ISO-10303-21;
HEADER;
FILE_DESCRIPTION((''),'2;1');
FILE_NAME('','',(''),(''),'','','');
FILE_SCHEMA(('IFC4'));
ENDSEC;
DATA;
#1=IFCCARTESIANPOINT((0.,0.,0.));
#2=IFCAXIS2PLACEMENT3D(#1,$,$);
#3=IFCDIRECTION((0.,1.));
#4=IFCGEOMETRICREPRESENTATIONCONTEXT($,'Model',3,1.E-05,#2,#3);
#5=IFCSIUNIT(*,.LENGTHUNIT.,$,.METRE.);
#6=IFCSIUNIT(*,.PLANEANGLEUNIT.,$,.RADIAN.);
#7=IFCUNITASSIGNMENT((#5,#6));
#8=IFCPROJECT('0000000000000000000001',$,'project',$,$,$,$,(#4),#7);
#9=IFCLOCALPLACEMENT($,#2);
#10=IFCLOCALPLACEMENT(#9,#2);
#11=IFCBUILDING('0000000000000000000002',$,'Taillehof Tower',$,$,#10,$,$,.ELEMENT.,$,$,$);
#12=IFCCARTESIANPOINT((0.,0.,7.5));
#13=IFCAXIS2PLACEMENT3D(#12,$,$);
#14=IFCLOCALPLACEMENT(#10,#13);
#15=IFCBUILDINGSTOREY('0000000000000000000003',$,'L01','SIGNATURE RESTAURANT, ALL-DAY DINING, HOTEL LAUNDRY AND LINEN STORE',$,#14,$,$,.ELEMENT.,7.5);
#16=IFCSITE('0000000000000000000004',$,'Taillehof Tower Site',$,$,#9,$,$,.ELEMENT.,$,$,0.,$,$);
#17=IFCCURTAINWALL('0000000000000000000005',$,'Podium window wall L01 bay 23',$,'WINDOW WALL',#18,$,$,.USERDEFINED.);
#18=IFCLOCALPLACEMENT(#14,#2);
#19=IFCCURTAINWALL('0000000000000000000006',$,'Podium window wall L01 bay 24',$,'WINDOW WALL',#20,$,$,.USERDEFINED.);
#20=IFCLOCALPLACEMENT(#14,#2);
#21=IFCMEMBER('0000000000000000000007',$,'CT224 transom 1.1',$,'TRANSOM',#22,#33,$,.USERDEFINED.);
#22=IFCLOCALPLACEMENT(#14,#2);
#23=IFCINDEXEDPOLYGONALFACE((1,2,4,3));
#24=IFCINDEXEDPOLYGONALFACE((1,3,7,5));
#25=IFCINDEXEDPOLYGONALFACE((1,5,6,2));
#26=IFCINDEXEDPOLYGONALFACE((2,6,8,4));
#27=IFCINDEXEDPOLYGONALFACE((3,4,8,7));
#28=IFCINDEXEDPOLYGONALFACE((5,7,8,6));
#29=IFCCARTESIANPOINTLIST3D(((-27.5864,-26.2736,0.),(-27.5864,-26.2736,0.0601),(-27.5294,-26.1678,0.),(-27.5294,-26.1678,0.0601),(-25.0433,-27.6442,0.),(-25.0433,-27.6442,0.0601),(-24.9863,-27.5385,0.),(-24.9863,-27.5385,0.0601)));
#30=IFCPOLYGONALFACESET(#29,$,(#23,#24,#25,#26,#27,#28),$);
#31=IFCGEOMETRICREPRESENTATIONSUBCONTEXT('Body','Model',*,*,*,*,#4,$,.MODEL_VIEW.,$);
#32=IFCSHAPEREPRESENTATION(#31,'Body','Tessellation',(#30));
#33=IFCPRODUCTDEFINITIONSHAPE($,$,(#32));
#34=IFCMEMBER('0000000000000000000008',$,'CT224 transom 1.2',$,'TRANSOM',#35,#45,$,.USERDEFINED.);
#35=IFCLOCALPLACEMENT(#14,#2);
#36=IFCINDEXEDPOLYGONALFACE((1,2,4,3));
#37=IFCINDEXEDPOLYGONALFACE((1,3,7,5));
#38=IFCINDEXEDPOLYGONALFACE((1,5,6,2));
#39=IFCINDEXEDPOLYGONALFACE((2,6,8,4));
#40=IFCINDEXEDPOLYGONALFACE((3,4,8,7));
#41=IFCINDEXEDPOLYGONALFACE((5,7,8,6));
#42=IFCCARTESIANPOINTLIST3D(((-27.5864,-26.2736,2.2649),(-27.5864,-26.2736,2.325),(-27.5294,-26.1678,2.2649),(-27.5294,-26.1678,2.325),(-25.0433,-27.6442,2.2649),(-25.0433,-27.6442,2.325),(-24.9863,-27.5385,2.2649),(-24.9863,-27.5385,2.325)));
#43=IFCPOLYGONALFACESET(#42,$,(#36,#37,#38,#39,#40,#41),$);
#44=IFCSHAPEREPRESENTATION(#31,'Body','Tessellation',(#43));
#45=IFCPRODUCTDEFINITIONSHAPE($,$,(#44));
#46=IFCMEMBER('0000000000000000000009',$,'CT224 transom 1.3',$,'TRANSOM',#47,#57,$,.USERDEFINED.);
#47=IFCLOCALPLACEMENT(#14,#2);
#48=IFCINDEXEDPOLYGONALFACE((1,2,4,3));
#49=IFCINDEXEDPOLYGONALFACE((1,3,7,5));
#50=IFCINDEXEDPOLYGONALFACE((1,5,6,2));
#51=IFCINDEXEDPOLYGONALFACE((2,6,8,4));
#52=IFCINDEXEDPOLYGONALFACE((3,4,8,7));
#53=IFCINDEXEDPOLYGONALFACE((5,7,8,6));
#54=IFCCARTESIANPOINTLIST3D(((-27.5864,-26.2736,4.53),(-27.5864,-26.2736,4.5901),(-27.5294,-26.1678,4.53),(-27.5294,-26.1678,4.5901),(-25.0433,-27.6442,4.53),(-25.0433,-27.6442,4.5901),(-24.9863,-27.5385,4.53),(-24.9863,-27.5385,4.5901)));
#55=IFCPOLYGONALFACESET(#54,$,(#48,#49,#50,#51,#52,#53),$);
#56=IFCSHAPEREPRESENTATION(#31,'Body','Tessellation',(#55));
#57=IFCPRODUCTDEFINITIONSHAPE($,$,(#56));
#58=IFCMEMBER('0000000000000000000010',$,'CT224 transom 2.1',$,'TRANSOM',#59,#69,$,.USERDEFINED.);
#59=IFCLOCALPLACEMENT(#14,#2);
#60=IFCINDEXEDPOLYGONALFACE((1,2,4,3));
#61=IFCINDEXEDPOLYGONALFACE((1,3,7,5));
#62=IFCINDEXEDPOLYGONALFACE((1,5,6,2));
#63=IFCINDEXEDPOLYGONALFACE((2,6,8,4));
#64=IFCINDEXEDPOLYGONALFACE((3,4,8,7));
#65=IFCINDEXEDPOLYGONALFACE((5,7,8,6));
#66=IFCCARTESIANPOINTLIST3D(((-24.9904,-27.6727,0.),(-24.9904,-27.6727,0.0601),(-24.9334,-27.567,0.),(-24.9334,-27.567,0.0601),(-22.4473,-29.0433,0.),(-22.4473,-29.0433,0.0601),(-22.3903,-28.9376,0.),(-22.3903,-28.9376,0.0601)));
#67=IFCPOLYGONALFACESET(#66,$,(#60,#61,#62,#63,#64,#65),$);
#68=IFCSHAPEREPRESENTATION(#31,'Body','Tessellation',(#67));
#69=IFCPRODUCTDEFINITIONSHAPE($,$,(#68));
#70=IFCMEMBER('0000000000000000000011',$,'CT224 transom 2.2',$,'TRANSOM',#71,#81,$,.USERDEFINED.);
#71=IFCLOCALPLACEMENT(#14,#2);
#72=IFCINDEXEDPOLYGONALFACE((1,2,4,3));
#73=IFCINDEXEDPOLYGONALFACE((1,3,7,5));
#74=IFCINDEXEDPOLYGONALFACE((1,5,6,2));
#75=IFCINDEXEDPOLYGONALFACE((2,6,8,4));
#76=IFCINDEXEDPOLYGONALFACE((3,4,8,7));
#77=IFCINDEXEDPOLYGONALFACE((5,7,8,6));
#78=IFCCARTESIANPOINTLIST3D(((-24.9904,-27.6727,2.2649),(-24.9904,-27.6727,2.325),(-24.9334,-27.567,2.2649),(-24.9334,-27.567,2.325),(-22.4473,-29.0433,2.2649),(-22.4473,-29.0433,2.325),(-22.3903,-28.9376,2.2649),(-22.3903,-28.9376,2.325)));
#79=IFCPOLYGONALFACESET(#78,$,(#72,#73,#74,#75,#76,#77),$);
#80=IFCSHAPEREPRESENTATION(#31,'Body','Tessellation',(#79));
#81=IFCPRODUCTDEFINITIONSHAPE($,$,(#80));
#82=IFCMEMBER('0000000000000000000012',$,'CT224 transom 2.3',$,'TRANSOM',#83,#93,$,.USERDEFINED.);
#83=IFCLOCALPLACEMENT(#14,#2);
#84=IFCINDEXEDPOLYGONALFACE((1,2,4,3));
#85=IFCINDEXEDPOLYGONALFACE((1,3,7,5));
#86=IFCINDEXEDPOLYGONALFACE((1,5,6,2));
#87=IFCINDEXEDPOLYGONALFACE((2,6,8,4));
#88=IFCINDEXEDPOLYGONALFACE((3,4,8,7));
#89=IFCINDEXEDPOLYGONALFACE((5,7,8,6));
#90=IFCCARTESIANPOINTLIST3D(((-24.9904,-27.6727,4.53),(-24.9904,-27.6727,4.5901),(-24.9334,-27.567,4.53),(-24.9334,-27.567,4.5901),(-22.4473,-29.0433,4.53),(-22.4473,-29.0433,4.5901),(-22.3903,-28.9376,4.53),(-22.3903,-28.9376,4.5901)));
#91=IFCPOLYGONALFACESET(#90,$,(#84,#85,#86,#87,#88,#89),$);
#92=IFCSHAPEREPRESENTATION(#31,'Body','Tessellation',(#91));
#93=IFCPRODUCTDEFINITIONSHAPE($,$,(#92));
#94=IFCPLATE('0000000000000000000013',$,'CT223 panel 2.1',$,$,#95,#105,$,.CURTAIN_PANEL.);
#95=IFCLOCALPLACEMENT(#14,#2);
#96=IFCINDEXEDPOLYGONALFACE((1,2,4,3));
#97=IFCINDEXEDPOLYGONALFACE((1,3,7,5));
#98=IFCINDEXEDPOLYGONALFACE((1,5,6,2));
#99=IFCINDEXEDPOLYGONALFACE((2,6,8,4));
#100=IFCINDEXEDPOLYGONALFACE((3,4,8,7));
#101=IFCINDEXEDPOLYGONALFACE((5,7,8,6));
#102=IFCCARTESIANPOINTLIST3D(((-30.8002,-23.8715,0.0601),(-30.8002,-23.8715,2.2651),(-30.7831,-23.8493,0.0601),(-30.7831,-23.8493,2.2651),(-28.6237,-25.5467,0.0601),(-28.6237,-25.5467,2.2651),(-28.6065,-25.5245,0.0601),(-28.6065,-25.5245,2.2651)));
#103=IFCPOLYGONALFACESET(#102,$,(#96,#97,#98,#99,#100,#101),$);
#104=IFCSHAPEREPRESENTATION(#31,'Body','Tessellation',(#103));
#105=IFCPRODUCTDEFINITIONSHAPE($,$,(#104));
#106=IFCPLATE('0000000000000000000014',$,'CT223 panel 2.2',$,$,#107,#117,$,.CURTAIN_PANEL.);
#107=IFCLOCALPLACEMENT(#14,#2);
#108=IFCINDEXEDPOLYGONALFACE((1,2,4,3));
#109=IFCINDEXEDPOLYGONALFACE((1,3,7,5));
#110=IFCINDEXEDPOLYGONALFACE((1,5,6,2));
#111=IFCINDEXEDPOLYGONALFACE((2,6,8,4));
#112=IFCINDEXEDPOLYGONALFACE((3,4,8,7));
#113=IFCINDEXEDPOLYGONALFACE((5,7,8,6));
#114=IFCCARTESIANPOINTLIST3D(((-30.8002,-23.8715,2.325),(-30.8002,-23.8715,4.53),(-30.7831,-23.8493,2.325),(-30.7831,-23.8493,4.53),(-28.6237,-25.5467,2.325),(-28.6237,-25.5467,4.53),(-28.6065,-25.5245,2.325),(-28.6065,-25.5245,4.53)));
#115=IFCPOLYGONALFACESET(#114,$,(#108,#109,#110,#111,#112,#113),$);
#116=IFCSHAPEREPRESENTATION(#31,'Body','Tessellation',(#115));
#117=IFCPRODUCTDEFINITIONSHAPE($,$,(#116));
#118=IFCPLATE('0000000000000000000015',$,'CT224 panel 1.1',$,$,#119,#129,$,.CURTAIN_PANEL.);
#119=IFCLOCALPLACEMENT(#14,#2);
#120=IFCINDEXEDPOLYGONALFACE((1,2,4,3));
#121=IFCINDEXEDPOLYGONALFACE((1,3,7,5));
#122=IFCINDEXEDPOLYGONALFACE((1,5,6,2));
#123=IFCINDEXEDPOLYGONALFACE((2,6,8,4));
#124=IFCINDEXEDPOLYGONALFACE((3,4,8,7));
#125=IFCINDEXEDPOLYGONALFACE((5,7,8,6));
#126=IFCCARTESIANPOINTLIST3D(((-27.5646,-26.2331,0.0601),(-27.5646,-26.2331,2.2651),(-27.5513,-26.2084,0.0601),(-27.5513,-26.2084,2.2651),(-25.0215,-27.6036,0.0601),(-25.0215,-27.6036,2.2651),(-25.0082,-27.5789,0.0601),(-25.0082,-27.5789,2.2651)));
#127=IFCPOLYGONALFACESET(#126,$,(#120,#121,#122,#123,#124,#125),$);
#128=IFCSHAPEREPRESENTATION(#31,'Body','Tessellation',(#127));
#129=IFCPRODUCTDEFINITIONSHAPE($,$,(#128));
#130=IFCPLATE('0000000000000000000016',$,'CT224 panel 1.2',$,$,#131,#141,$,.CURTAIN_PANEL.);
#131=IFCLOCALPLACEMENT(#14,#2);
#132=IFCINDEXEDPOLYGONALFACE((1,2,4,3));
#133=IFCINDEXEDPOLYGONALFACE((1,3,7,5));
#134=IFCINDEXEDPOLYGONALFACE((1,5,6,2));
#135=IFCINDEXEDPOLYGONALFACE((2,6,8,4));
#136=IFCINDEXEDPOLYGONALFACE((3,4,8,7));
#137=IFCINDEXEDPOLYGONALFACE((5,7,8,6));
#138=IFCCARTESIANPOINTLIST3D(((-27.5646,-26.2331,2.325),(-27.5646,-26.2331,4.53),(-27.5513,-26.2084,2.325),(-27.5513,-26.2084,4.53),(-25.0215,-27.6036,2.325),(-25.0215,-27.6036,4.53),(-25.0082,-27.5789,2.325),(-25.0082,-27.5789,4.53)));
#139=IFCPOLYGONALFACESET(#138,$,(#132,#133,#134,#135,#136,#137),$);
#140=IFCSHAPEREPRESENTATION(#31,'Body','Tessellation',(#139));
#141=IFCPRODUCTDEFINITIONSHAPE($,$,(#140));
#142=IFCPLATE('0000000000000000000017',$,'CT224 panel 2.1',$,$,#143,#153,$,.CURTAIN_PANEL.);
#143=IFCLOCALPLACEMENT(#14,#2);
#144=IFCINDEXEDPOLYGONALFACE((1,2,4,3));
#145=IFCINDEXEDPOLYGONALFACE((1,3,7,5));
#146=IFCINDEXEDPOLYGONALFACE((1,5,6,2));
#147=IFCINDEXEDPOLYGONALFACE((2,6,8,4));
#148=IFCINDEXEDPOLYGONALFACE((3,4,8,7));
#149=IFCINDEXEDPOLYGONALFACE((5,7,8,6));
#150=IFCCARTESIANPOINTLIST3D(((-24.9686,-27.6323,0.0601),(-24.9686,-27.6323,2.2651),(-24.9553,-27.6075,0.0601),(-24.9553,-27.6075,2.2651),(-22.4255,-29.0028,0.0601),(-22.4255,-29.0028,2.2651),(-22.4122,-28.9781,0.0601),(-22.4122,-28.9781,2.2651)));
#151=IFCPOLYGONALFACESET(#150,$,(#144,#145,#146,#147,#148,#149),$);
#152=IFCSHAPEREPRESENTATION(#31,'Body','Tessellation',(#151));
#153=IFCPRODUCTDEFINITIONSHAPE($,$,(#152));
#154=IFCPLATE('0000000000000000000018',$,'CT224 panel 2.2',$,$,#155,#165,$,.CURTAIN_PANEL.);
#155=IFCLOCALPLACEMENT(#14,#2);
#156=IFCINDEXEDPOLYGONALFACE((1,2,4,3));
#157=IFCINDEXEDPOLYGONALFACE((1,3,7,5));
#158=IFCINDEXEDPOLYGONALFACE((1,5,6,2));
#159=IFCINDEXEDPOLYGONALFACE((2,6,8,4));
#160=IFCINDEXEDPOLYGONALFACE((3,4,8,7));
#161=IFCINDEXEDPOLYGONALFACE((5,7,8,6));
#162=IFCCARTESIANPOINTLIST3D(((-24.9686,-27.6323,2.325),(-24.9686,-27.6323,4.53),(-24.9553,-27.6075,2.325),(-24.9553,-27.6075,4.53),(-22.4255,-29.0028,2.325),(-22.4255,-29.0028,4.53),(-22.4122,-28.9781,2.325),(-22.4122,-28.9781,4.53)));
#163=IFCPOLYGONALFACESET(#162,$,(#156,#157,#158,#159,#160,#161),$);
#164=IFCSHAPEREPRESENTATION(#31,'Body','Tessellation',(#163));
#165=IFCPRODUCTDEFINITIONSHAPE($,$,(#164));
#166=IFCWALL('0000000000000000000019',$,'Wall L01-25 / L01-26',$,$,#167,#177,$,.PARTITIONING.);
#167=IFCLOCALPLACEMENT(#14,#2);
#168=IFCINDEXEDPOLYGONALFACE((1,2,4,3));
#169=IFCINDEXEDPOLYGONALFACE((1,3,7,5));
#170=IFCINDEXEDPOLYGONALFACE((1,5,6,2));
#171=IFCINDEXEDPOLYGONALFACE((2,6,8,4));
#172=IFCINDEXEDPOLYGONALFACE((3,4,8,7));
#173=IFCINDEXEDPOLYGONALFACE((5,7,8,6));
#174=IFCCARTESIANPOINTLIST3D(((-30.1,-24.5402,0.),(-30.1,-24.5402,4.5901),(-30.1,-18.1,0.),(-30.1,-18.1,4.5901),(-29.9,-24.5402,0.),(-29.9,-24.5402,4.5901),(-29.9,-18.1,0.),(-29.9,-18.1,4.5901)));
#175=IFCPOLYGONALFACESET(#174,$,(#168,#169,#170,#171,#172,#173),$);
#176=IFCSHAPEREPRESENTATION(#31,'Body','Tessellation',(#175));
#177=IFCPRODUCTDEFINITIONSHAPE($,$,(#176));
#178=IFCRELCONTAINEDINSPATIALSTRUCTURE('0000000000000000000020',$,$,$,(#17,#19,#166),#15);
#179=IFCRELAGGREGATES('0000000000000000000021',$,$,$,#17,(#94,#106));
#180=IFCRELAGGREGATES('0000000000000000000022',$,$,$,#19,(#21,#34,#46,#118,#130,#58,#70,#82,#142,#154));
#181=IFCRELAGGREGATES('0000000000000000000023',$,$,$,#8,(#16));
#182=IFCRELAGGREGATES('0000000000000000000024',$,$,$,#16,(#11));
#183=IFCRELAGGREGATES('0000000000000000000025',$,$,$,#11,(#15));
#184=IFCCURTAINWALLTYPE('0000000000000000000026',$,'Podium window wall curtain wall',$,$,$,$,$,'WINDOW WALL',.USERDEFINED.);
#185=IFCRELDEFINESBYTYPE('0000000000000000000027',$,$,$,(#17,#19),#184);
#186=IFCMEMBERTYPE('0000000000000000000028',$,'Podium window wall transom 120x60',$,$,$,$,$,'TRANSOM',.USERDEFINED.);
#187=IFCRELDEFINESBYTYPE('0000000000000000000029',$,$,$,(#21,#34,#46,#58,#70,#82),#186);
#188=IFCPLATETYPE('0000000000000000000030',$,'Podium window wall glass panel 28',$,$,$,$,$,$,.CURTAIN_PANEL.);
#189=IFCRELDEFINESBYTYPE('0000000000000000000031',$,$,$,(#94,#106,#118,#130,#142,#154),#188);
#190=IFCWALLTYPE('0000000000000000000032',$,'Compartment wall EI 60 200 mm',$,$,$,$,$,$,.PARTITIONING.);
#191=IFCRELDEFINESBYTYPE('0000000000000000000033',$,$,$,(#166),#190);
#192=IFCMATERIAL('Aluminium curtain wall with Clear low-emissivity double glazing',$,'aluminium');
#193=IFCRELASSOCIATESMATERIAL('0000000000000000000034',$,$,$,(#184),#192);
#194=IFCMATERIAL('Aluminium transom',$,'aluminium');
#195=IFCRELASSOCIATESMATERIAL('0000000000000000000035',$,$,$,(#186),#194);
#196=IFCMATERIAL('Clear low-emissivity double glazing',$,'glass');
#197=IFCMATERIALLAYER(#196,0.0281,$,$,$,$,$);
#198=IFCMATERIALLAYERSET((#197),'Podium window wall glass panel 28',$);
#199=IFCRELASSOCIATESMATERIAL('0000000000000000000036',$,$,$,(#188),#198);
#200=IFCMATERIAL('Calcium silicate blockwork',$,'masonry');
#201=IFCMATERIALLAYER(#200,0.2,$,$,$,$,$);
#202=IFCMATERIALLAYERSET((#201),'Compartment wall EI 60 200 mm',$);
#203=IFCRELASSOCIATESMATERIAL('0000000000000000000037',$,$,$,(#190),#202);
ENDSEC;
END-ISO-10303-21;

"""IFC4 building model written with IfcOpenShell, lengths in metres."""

from ifc_helpers import new_model, si_unit, direction, frame, frame_2d, origin, origin_2d, place, context, subcontext, project, spatial, rectangle, extrude, material, layer, layer_set, material_profile, profile_set, type_object, element, aggregate, save


model = new_model("IFC4")

# Units and contexts
model_context = context("Model", 3, precision=1e-05, world=origin(), true_north=direction((0.0, 1.0)))
body_context = subcontext(model_context, "Body", "Model", "MODEL_VIEW")
ifc_project = project(units=[si_unit("LENGTHUNIT", "METRE"), si_unit("PLANEANGLEUNIT", "RADIAN")], contexts=[model_context])

# Site, building, storey
site_placement = place(None, origin())
site = spatial("IfcSite", under=ifc_project, at=site_placement, Name="Taillehof Tower Site", CompositionType="ELEMENT", RefElevation=0.0)
building_placement = place(site_placement, origin())
building = spatial("IfcBuilding", under=site, at=building_placement, Name="Taillehof Tower", CompositionType="ELEMENT")
storey_placement = place(building_placement, frame((0.0, 0.0, 7.5)))
storey = spatial("IfcBuildingStorey", under=building, at=storey_placement, Name="L01", Description="SIGNATURE RESTAURANT, ALL-DAY DINING, HOTEL LAUNDRY AND LINEN STORE", CompositionType="ELEMENT", Elevation=7.5)

# Curtain walls
ifc_material_1 = material(Name="Aluminium curtain wall with Clear low-emissivity double glazing", Category="aluminium")
curtain_wall_type = type_object("IfcCurtainWallType", Name="Podium window wall curtain wall", ElementType="WINDOW WALL", PredefinedType="USERDEFINED", material=ifc_material_1)
curtain_wall_1_placement = place(storey_placement, origin())
curtain_wall_1 = element("IfcCurtainWall", 1, at=curtain_wall_1_placement, inside=storey, type_object=curtain_wall_type, Name="Podium window wall L01 bay 23", ObjectType="WINDOW WALL", PredefinedType="USERDEFINED")
curtain_wall_2_placement = place(storey_placement, origin())
curtain_wall_2 = element("IfcCurtainWall", 2, at=curtain_wall_2_placement, inside=storey, type_object=curtain_wall_type, Name="Podium window wall L01 bay 24", ObjectType="WINDOW WALL", PredefinedType="USERDEFINED")

# Members
ifc_material_2 = material(Name="Aluminium transom", Category="aluminium")
ifc_material_profile_1 = material_profile(ifc_material_2, rectangle(XDim=0.1201, YDim=0.0601, at=origin_2d()), Name="AL 120x60")
ifc_profile_set_1 = profile_set([ifc_material_profile_1], Name="Aluminium transom")
member_type_1 = type_object("IfcMemberType", Name="Podium window wall transom 120x60", ElementType="TRANSOM", PredefinedType="USERDEFINED", material=ifc_profile_set_1)
member_1_placement = place(storey_placement, frame((-27.5579, -26.2207, 0.03), z_axis=(0.880281, -0.474453, 0.0), x_axis=(0.474453, 0.880281, 0.0)))
member_1 = element("IfcMember", 3, at=member_1_placement, type_object=member_type_1, Name="CT224 transom 1.1", ObjectType="TRANSOM", PredefinedType="USERDEFINED", context=body_context, shape_type="SweptSolid", body=[
    extrude(rectangle(XDim=0.1201, YDim=0.0601, at=origin_2d()), origin(), (0.0, 0.0, 1.0), 2.8889),
])
member_2_placement = place(storey_placement, frame((-27.5579, -26.2207, 2.2949), z_axis=(0.880281, -0.474453, 0.0), x_axis=(0.474453, 0.880281, 0.0)))
member_2 = element("IfcMember", 4, at=member_2_placement, type_object=member_type_1, Name="CT224 transom 1.2", ObjectType="TRANSOM", PredefinedType="USERDEFINED", context=body_context, shape_type="SweptSolid", body=[
    extrude(rectangle(XDim=0.1201, YDim=0.0601, at=origin_2d()), origin(), (0.0, 0.0, 1.0), 2.8889),
])
member_3_placement = place(storey_placement, frame((-27.5579, -26.2207, 4.5601), z_axis=(0.880281, -0.474453, 0.0), x_axis=(0.474453, 0.880281, 0.0)))
member_3 = element("IfcMember", 5, at=member_3_placement, type_object=member_type_1, Name="CT224 transom 1.3", ObjectType="TRANSOM", PredefinedType="USERDEFINED", context=body_context, shape_type="SweptSolid", body=[
    extrude(rectangle(XDim=0.1201, YDim=0.0601, at=origin_2d()), origin(), (0.0, 0.0, 1.0), 2.8889),
])
member_4_placement = place(storey_placement, frame((-24.9619, -27.6199, 0.03), z_axis=(0.8803, -0.474417, 0.0), x_axis=(0.474417, 0.8803, 0.0)))
member_4 = element("IfcMember", 6, at=member_4_placement, type_object=member_type_1, Name="CT224 transom 2.1", ObjectType="TRANSOM", PredefinedType="USERDEFINED", context=body_context, shape_type="SweptSolid", body=[
    extrude(rectangle(XDim=0.1201, YDim=0.0601, at=origin_2d()), origin(), (0.0, 0.0, 1.0), 2.8889),
])
member_5_placement = place(storey_placement, frame((-24.9619, -27.6199, 2.2949), z_axis=(0.8803, -0.474417, 0.0), x_axis=(0.474417, 0.8803, 0.0)))
member_5 = element("IfcMember", 7, at=member_5_placement, type_object=member_type_1, Name="CT224 transom 2.2", ObjectType="TRANSOM", PredefinedType="USERDEFINED", context=body_context, shape_type="SweptSolid", body=[
    extrude(rectangle(XDim=0.1201, YDim=0.0601, at=origin_2d()), origin(), (0.0, 0.0, 1.0), 2.8889),
])
member_6_placement = place(storey_placement, frame((-24.9619, -27.6199, 4.5601), z_axis=(0.8803, -0.474417, 0.0), x_axis=(0.474417, 0.8803, 0.0)))
member_6 = element("IfcMember", 8, at=member_6_placement, type_object=member_type_1, Name="CT224 transom 2.3", ObjectType="TRANSOM", PredefinedType="USERDEFINED", context=body_context, shape_type="SweptSolid", body=[
    extrude(rectangle(XDim=0.1201, YDim=0.0601, at=origin_2d()), origin(), (0.0, 0.0, 1.0), 2.8889),
])

# Plates
ifc_material_3 = material(Name="Clear low-emissivity double glazing", Category="glass")
ifc_layer_1 = layer(ifc_material_3, 0.0281)
ifc_layer_set_1 = layer_set([ifc_layer_1], Name="Podium window wall glass panel 28")
plate_type = type_object("IfcPlateType", Name="Podium window wall glass panel 28", PredefinedType="CURTAIN_PANEL", material=ifc_layer_set_1)
plate_1_placement = place(storey_placement, frame((-29.7034, -24.698, 0.0601), z_axis=(0.0, 0.0, 1.0), x_axis=(0.792454, -0.609932, 0.0)))
plate_1 = element("IfcPlate", 9, at=plate_1_placement, type_object=plate_type, Name="CT223 panel 2.1", PredefinedType="CURTAIN_PANEL", context=body_context, shape_type="SweptSolid", body=[
    extrude(rectangle(XDim=2.7466, YDim=0.0281, at=origin_2d()), origin(), (0.0, 0.0, 1.0), 2.2051),
])
plate_2_placement = place(storey_placement, frame((-29.7034, -24.698, 2.325), z_axis=(0.0, 0.0, 1.0), x_axis=(0.792454, -0.609932, 0.0)))
plate_2 = element("IfcPlate", 10, at=plate_2_placement, type_object=plate_type, Name="CT223 panel 2.2", PredefinedType="CURTAIN_PANEL", context=body_context, shape_type="SweptSolid", body=[
    extrude(rectangle(XDim=2.7466, YDim=0.0281, at=origin_2d()), origin(), (0.0, 0.0, 1.0), 2.2051),
])
aggregate(curtain_wall_1, [plate_1, plate_2])
plate_3_placement = place(storey_placement, frame((-26.2864, -26.906, 0.0601), z_axis=(0.0, 0.0, 1.0), x_axis=(0.880301, -0.474415, 0.0)))
plate_3 = element("IfcPlate", 11, at=plate_3_placement, type_object=plate_type, Name="CT224 panel 1.1", PredefinedType="CURTAIN_PANEL", context=body_context, shape_type="SweptSolid", body=[
    extrude(rectangle(XDim=2.8889, YDim=0.0281, at=origin_2d()), origin(), (0.0, 0.0, 1.0), 2.2051),
])
plate_4_placement = place(storey_placement, frame((-26.2864, -26.906, 2.325), z_axis=(0.0, 0.0, 1.0), x_axis=(0.880301, -0.474415, 0.0)))
plate_4 = element("IfcPlate", 12, at=plate_4_placement, type_object=plate_type, Name="CT224 panel 1.2", PredefinedType="CURTAIN_PANEL", context=body_context, shape_type="SweptSolid", body=[
    extrude(rectangle(XDim=2.8889, YDim=0.0281, at=origin_2d()), origin(), (0.0, 0.0, 1.0), 2.2051),
])
plate_5_placement = place(storey_placement, frame((-23.6904, -28.3052, 0.0601), z_axis=(0.0, 0.0, 1.0), x_axis=(0.880301, -0.474415, 0.0)))
plate_5 = element("IfcPlate", 13, at=plate_5_placement, type_object=plate_type, Name="CT224 panel 2.1", PredefinedType="CURTAIN_PANEL", context=body_context, shape_type="SweptSolid", body=[
    extrude(rectangle(XDim=2.8889, YDim=0.0281, at=origin_2d()), origin(), (0.0, 0.0, 1.0), 2.2051),
])
plate_6_placement = place(storey_placement, frame((-23.6904, -28.3052, 2.325), z_axis=(0.0, 0.0, 1.0), x_axis=(0.880301, -0.474415, 0.0)))
plate_6 = element("IfcPlate", 14, at=plate_6_placement, type_object=plate_type, Name="CT224 panel 2.2", PredefinedType="CURTAIN_PANEL", context=body_context, shape_type="SweptSolid", body=[
    extrude(rectangle(XDim=2.8889, YDim=0.0281, at=origin_2d()), origin(), (0.0, 0.0, 1.0), 2.2051),
])
aggregate(curtain_wall_2, [member_1, member_2, member_3, plate_3, plate_4, member_4, member_5, member_6, plate_5, plate_6])

# Wall
ifc_material_4 = material(Name="Calcium silicate blockwork", Category="masonry")
ifc_layer_2 = layer(ifc_material_4, 0.2)
ifc_layer_set_2 = layer_set([ifc_layer_2], Name="Compartment wall EI 60 200 mm")
wall_type = type_object("IfcWallType", Name="Compartment wall EI 60 200 mm", PredefinedType="PARTITIONING", material=ifc_layer_set_2)
wall_placement = place(storey_placement, frame((-30.0, -24.5403, 0.0), z_axis=(0.0, 0.0, 1.0), x_axis=(0.0, 1.0, 0.0)))
element("IfcWall", 15, at=wall_placement, inside=storey, type_object=wall_type, Name="Wall L01-25 / L01-26", PredefinedType="PARTITIONING", context=body_context, shape_type="SweptSolid", body=[
    extrude(rectangle(XDim=6.4402, YDim=0.2, at=frame_2d((3.2202, 0.0))), origin(), (0.0, 0.0, 1.0), 4.5901),
])

save(model, "model.ifc")
